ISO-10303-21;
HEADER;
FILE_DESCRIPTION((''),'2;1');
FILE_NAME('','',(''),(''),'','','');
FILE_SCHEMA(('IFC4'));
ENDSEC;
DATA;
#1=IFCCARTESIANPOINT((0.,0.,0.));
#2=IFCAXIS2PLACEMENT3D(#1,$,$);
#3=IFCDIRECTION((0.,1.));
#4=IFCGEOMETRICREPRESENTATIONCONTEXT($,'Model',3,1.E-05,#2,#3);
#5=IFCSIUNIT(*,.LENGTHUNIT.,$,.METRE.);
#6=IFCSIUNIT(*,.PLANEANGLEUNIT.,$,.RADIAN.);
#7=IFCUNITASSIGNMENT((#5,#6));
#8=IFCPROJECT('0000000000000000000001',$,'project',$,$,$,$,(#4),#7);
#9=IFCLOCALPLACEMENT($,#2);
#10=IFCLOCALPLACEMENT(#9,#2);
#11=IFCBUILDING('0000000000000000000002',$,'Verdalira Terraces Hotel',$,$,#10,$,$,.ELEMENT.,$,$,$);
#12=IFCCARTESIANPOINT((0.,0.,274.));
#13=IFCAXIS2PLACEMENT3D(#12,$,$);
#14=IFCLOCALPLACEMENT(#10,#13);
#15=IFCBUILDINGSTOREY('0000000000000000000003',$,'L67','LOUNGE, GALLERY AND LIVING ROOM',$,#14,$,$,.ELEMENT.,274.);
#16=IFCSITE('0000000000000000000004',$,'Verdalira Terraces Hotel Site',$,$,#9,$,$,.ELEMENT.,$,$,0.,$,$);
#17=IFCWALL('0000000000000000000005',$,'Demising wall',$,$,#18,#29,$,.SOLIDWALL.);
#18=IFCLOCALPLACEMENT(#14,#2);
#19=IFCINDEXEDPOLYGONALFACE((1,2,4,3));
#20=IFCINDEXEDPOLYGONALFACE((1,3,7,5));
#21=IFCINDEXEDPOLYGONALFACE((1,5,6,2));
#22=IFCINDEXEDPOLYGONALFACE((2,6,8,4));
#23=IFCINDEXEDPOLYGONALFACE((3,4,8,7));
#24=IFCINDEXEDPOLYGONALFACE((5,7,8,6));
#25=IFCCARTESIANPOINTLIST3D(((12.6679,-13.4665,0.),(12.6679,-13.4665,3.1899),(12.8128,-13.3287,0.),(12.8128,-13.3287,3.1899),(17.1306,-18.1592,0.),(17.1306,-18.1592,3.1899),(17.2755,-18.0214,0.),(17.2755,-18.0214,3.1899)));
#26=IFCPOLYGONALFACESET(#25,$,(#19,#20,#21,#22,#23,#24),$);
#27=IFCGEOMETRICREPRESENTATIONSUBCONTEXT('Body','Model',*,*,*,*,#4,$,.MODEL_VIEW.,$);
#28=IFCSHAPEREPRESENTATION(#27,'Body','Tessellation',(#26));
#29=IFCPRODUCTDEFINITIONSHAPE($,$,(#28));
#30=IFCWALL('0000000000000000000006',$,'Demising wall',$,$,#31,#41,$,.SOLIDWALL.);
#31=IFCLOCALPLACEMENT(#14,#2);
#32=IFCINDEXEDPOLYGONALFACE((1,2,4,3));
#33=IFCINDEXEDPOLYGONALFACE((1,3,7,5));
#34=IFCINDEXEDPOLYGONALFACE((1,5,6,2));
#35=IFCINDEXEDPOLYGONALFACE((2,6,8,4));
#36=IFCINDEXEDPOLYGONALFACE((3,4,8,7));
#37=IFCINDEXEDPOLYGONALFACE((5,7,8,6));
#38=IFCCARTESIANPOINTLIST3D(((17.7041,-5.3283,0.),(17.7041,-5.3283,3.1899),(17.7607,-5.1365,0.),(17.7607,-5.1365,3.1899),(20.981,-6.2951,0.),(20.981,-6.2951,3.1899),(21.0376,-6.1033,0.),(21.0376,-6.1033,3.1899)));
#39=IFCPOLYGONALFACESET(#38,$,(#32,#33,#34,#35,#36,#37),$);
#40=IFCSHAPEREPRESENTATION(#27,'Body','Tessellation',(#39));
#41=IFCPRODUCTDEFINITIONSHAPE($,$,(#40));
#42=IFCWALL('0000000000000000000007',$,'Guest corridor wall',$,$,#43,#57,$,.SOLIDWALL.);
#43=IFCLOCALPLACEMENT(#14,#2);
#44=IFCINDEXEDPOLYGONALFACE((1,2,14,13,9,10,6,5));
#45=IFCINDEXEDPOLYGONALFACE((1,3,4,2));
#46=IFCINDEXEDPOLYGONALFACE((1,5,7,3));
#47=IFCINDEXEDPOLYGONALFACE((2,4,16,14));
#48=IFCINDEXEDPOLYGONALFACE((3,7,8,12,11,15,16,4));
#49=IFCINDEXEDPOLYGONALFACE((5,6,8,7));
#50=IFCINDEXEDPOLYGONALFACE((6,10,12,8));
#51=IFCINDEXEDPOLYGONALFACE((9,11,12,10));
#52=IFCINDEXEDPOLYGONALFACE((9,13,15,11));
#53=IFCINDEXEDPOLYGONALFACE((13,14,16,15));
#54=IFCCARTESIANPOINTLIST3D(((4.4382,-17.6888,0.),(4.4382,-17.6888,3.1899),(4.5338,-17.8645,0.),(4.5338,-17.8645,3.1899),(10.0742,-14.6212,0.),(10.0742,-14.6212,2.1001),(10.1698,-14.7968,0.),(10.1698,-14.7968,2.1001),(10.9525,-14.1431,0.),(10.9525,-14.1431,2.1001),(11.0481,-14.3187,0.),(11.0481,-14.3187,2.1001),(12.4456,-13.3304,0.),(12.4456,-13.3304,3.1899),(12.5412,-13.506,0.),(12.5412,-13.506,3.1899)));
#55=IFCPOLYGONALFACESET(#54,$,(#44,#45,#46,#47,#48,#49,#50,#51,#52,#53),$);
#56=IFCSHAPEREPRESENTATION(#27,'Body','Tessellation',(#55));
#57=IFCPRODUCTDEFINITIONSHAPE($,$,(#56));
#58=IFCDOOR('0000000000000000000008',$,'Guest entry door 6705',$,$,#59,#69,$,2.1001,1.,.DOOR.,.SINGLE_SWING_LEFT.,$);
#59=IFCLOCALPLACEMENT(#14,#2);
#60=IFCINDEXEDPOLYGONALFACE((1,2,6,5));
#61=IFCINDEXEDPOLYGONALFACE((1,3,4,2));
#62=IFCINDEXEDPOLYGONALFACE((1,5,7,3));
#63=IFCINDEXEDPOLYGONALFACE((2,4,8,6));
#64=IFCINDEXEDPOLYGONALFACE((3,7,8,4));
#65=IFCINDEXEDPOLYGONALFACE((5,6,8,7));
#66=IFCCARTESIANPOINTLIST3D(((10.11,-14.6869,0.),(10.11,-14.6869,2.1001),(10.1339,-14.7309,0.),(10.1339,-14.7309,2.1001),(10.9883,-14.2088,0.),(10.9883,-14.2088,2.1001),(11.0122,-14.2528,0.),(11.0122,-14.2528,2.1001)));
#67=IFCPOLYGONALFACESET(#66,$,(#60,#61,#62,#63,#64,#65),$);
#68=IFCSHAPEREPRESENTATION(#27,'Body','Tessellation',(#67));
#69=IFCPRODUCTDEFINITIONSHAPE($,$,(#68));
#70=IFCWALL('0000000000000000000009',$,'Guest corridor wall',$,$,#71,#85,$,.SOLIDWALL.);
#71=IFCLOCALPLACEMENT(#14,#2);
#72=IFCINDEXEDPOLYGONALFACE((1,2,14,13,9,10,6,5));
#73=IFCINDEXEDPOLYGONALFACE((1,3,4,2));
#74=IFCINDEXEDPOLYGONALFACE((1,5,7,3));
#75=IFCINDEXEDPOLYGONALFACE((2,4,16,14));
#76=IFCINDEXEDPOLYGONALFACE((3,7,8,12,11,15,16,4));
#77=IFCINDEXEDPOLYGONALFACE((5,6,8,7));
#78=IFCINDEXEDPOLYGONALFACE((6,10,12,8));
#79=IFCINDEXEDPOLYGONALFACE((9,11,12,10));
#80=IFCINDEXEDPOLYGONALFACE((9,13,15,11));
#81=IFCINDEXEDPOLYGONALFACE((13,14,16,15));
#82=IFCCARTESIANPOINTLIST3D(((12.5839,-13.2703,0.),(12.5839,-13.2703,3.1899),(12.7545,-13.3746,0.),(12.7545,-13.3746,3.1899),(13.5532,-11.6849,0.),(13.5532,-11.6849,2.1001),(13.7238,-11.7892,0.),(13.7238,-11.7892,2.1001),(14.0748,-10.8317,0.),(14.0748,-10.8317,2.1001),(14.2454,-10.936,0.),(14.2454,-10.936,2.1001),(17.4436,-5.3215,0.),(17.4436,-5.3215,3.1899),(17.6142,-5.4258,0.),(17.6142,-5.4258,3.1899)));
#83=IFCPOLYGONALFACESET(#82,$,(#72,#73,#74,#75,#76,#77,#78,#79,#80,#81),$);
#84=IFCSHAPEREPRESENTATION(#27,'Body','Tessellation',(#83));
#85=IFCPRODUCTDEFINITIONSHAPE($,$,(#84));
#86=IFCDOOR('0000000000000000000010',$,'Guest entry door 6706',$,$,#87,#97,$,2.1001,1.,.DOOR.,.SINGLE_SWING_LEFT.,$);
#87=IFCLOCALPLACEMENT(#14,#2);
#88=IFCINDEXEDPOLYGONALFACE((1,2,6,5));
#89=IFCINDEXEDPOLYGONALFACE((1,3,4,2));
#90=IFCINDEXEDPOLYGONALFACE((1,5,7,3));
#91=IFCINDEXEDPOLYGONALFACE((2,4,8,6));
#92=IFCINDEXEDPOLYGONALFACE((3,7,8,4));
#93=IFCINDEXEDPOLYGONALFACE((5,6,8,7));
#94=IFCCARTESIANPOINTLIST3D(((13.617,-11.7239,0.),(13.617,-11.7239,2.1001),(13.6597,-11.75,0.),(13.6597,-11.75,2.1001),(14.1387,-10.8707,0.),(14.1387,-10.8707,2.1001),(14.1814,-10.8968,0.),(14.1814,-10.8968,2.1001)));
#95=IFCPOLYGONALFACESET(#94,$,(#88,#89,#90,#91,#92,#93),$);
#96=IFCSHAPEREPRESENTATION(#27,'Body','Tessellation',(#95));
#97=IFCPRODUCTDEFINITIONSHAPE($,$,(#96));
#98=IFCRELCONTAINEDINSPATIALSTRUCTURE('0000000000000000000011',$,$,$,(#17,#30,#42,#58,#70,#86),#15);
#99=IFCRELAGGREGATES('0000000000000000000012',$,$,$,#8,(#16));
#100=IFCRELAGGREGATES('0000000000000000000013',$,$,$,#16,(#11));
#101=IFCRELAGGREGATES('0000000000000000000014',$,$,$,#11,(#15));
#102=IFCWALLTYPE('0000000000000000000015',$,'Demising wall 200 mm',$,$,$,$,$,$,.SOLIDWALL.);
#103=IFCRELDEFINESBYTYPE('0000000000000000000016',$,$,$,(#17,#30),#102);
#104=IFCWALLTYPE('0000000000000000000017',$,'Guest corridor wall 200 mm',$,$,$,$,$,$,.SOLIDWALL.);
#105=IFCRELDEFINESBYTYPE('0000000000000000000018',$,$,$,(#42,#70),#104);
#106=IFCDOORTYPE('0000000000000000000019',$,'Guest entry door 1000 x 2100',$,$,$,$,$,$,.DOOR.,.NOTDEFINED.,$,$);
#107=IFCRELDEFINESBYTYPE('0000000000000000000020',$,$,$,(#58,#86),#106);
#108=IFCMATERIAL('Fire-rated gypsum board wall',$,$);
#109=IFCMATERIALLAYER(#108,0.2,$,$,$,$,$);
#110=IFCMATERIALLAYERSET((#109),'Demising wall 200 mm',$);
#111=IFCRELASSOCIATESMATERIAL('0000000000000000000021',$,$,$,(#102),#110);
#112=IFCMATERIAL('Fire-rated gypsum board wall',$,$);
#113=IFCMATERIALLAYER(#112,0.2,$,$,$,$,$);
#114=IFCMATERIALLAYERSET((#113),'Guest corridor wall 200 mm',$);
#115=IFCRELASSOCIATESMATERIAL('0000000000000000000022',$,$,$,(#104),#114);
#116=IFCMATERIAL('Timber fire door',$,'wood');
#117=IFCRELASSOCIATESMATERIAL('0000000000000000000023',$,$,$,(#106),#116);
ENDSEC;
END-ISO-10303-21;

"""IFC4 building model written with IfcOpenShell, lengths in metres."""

from ifc_helpers import new_model, si_unit, direction, frame, frame_2d, origin, place, context, subcontext, project, spatial, rectangle, extrude, material, layer, layer_set, type_object, element, fill, save


model = new_model("IFC4")

# Units and contexts
model_context = context("Model", 3, precision=1e-05, world=origin(), true_north=direction((0.0, 1.0)))
body_context = subcontext(model_context, "Body", "Model", "MODEL_VIEW")
ifc_project = project(units=[si_unit("LENGTHUNIT", "METRE"), si_unit("PLANEANGLEUNIT", "RADIAN")], contexts=[model_context])

# Site, building, storey
site_placement = place(None, origin())
site = spatial("IfcSite", under=ifc_project, at=site_placement, Name="Verdalira Terraces Hotel Site", CompositionType="ELEMENT", RefElevation=0.0)
building_placement = place(site_placement, origin())
building = spatial("IfcBuilding", under=site, at=building_placement, Name="Verdalira Terraces Hotel", CompositionType="ELEMENT")
storey_placement = place(building_placement, frame((0.0, 0.0, 274.0)))
storey = spatial("IfcBuildingStorey", under=building, at=storey_placement, Name="L67", Description="LOUNGE, GALLERY AND LIVING ROOM", CompositionType="ELEMENT", Elevation=274.0)

# Walls
ifc_material_1 = material(Name="Fire-rated gypsum board wall")
ifc_layer_1 = layer(ifc_material_1, 0.2)
ifc_layer_set_1 = layer_set([ifc_layer_1], Name="Demising wall 200 mm")
wall_type_1 = type_object("IfcWallType", Name="Demising wall 200 mm", PredefinedType="SOLIDWALL", material=ifc_layer_set_1)
wall_1_placement = place(storey_placement, frame((12.7405, -13.3977, 0.0), z_axis=(0.0, 0.0, 1.0), x_axis=(0.689127, -0.724641, 0.0)))
element("IfcWall", 1, at=wall_1_placement, inside=storey, type_object=wall_type_1, Name="Demising wall", PredefinedType="SOLIDWALL", context=body_context, shape_type="SweptSolid", body=[
    extrude(rectangle(XDim=6.4758, YDim=0.2, at=frame_2d((3.2378, 0.0))), origin(), (0.0, 0.0, 1.0), 3.1899),
])
wall_2_placement = place(storey_placement, frame((17.7324, -5.2324, 0.0), z_axis=(0.0, 0.0, 1.0), x_axis=(0.959126, -0.282979, 0.0)))
element("IfcWall", 2, at=wall_2_placement, inside=storey, type_object=wall_type_1, Name="Demising wall", PredefinedType="SOLIDWALL", context=body_context, shape_type="SweptSolid", body=[
    extrude(rectangle(XDim=3.4165, YDim=0.2, at=frame_2d((1.7083, 0.0))), origin(), (0.0, 0.0, 1.0), 3.1899),
])

# Walls, openings, doors
ifc_material_2 = material(Name="Fire-rated gypsum board wall")
ifc_layer_2 = layer(ifc_material_2, 0.2)
ifc_layer_set_2 = layer_set([ifc_layer_2], Name="Guest corridor wall 200 mm")
wall_type_2 = type_object("IfcWallType", Name="Guest corridor wall 200 mm", PredefinedType="SOLIDWALL", material=ifc_layer_set_2)
wall_3_placement = place(storey_placement, frame((12.4934, -13.4182, 0.0), z_axis=(0.0, 0.0, 1.0), x_axis=(-0.878321, -0.478071, 0.0)))
wall_3 = element("IfcWall", 3, at=wall_3_placement, inside=storey, type_object=wall_type_2, Name="Guest corridor wall", PredefinedType="SOLIDWALL", context=body_context, shape_type="SweptSolid", body=[
    extrude(rectangle(XDim=9.1167, YDim=0.2, at=frame_2d((4.5583, 0.0))), origin(), (0.0, 0.0, 1.0), 3.1899),
])
opening_1_placement = place(wall_3_placement, frame((1.7, 0.0, 0.0)))
opening_1 = element("IfcOpeningElement", 4, at=opening_1_placement, cuts=wall_3, PredefinedType="OPENING", context=body_context, shape_type="SweptSolid", body=[
    extrude(rectangle(XDim=1.0, YDim=2.1001, at=frame_2d((0.5, 1.05))), frame((0.0, 0.1099, 0.0), z_axis=(0.0, -1.0, 0.0), x_axis=(1.0, 0.0, 0.0)), (0.0, 0.0, 1.0), 0.22),
])
ifc_material_3 = material(Name="Timber fire door", Category="wood")
door_type_1 = type_object("IfcDoorType", Name="Guest entry door 1000 x 2100", OperationType="NOTDEFINED", PredefinedType="DOOR", material=ifc_material_3)
door_1_placement = place(opening_1_placement, origin())
door_1 = element("IfcDoor", 5, at=door_1_placement, inside=storey, type_object=door_type_1, Name="Guest entry door 6705", OperationType="SINGLE_SWING_LEFT", OverallHeight=2.1001, OverallWidth=1.0, PredefinedType="DOOR", context=body_context, shape_type="SweptSolid", body=[
    extrude(rectangle(XDim=1.0, YDim=2.1001, at=frame_2d((0.5, 1.05))), frame((0.0, 0.0249, 0.0), z_axis=(0.0, -1.0, 0.0), x_axis=(1.0, 0.0, 0.0)), (0.0, 0.0, 1.0), 0.05),
])
fill(opening_1, door_1)
wall_4_placement = place(storey_placement, frame((17.5288, -5.3738, 0.0), z_axis=(0.0, 0.0, 1.0), x_axis=(-0.521611, -0.853183, 0.0)))
wall_4 = element("IfcWall", 6, at=wall_4_placement, inside=storey, type_object=wall_type_2, Name="Guest corridor wall", PredefinedType="SOLIDWALL", context=body_context, shape_type="SweptSolid", body=[
    extrude(rectangle(XDim=9.3166, YDim=0.2, at=frame_2d((4.6582, 0.0))), origin(), (0.0, 0.0, 1.0), 3.1899),
])
opening_2_placement = place(wall_4_placement, frame((6.4583, 0.0, 0.0)))
opening_2 = element("IfcOpeningElement", 7, at=opening_2_placement, cuts=wall_4, PredefinedType="OPENING", context=body_context, shape_type="SweptSolid", body=[
    extrude(rectangle(XDim=1.0, YDim=2.1001, at=frame_2d((0.5, 1.05))), frame((0.0, 0.1099, 0.0), z_axis=(0.0, -1.0, 0.0), x_axis=(1.0, 0.0, 0.0)), (0.0, 0.0, 1.0), 0.22),
])
door_2_placement = place(opening_2_placement, origin())
door_2 = element("IfcDoor", 8, at=door_2_placement, inside=storey, type_object=door_type_1, Name="Guest entry door 6706", OperationType="SINGLE_SWING_LEFT", OverallHeight=2.1001, OverallWidth=1.0, PredefinedType="DOOR", context=body_context, shape_type="SweptSolid", body=[
    extrude(rectangle(XDim=1.0, YDim=2.1001, at=frame_2d((0.5, 1.05))), frame((0.0, 0.0249, 0.0), z_axis=(0.0, -1.0, 0.0), x_axis=(1.0, 0.0, 0.0)), (0.0, 0.0, 1.0), 0.05),
])
fill(opening_2, door_2)

save(model, "model.ifc")
